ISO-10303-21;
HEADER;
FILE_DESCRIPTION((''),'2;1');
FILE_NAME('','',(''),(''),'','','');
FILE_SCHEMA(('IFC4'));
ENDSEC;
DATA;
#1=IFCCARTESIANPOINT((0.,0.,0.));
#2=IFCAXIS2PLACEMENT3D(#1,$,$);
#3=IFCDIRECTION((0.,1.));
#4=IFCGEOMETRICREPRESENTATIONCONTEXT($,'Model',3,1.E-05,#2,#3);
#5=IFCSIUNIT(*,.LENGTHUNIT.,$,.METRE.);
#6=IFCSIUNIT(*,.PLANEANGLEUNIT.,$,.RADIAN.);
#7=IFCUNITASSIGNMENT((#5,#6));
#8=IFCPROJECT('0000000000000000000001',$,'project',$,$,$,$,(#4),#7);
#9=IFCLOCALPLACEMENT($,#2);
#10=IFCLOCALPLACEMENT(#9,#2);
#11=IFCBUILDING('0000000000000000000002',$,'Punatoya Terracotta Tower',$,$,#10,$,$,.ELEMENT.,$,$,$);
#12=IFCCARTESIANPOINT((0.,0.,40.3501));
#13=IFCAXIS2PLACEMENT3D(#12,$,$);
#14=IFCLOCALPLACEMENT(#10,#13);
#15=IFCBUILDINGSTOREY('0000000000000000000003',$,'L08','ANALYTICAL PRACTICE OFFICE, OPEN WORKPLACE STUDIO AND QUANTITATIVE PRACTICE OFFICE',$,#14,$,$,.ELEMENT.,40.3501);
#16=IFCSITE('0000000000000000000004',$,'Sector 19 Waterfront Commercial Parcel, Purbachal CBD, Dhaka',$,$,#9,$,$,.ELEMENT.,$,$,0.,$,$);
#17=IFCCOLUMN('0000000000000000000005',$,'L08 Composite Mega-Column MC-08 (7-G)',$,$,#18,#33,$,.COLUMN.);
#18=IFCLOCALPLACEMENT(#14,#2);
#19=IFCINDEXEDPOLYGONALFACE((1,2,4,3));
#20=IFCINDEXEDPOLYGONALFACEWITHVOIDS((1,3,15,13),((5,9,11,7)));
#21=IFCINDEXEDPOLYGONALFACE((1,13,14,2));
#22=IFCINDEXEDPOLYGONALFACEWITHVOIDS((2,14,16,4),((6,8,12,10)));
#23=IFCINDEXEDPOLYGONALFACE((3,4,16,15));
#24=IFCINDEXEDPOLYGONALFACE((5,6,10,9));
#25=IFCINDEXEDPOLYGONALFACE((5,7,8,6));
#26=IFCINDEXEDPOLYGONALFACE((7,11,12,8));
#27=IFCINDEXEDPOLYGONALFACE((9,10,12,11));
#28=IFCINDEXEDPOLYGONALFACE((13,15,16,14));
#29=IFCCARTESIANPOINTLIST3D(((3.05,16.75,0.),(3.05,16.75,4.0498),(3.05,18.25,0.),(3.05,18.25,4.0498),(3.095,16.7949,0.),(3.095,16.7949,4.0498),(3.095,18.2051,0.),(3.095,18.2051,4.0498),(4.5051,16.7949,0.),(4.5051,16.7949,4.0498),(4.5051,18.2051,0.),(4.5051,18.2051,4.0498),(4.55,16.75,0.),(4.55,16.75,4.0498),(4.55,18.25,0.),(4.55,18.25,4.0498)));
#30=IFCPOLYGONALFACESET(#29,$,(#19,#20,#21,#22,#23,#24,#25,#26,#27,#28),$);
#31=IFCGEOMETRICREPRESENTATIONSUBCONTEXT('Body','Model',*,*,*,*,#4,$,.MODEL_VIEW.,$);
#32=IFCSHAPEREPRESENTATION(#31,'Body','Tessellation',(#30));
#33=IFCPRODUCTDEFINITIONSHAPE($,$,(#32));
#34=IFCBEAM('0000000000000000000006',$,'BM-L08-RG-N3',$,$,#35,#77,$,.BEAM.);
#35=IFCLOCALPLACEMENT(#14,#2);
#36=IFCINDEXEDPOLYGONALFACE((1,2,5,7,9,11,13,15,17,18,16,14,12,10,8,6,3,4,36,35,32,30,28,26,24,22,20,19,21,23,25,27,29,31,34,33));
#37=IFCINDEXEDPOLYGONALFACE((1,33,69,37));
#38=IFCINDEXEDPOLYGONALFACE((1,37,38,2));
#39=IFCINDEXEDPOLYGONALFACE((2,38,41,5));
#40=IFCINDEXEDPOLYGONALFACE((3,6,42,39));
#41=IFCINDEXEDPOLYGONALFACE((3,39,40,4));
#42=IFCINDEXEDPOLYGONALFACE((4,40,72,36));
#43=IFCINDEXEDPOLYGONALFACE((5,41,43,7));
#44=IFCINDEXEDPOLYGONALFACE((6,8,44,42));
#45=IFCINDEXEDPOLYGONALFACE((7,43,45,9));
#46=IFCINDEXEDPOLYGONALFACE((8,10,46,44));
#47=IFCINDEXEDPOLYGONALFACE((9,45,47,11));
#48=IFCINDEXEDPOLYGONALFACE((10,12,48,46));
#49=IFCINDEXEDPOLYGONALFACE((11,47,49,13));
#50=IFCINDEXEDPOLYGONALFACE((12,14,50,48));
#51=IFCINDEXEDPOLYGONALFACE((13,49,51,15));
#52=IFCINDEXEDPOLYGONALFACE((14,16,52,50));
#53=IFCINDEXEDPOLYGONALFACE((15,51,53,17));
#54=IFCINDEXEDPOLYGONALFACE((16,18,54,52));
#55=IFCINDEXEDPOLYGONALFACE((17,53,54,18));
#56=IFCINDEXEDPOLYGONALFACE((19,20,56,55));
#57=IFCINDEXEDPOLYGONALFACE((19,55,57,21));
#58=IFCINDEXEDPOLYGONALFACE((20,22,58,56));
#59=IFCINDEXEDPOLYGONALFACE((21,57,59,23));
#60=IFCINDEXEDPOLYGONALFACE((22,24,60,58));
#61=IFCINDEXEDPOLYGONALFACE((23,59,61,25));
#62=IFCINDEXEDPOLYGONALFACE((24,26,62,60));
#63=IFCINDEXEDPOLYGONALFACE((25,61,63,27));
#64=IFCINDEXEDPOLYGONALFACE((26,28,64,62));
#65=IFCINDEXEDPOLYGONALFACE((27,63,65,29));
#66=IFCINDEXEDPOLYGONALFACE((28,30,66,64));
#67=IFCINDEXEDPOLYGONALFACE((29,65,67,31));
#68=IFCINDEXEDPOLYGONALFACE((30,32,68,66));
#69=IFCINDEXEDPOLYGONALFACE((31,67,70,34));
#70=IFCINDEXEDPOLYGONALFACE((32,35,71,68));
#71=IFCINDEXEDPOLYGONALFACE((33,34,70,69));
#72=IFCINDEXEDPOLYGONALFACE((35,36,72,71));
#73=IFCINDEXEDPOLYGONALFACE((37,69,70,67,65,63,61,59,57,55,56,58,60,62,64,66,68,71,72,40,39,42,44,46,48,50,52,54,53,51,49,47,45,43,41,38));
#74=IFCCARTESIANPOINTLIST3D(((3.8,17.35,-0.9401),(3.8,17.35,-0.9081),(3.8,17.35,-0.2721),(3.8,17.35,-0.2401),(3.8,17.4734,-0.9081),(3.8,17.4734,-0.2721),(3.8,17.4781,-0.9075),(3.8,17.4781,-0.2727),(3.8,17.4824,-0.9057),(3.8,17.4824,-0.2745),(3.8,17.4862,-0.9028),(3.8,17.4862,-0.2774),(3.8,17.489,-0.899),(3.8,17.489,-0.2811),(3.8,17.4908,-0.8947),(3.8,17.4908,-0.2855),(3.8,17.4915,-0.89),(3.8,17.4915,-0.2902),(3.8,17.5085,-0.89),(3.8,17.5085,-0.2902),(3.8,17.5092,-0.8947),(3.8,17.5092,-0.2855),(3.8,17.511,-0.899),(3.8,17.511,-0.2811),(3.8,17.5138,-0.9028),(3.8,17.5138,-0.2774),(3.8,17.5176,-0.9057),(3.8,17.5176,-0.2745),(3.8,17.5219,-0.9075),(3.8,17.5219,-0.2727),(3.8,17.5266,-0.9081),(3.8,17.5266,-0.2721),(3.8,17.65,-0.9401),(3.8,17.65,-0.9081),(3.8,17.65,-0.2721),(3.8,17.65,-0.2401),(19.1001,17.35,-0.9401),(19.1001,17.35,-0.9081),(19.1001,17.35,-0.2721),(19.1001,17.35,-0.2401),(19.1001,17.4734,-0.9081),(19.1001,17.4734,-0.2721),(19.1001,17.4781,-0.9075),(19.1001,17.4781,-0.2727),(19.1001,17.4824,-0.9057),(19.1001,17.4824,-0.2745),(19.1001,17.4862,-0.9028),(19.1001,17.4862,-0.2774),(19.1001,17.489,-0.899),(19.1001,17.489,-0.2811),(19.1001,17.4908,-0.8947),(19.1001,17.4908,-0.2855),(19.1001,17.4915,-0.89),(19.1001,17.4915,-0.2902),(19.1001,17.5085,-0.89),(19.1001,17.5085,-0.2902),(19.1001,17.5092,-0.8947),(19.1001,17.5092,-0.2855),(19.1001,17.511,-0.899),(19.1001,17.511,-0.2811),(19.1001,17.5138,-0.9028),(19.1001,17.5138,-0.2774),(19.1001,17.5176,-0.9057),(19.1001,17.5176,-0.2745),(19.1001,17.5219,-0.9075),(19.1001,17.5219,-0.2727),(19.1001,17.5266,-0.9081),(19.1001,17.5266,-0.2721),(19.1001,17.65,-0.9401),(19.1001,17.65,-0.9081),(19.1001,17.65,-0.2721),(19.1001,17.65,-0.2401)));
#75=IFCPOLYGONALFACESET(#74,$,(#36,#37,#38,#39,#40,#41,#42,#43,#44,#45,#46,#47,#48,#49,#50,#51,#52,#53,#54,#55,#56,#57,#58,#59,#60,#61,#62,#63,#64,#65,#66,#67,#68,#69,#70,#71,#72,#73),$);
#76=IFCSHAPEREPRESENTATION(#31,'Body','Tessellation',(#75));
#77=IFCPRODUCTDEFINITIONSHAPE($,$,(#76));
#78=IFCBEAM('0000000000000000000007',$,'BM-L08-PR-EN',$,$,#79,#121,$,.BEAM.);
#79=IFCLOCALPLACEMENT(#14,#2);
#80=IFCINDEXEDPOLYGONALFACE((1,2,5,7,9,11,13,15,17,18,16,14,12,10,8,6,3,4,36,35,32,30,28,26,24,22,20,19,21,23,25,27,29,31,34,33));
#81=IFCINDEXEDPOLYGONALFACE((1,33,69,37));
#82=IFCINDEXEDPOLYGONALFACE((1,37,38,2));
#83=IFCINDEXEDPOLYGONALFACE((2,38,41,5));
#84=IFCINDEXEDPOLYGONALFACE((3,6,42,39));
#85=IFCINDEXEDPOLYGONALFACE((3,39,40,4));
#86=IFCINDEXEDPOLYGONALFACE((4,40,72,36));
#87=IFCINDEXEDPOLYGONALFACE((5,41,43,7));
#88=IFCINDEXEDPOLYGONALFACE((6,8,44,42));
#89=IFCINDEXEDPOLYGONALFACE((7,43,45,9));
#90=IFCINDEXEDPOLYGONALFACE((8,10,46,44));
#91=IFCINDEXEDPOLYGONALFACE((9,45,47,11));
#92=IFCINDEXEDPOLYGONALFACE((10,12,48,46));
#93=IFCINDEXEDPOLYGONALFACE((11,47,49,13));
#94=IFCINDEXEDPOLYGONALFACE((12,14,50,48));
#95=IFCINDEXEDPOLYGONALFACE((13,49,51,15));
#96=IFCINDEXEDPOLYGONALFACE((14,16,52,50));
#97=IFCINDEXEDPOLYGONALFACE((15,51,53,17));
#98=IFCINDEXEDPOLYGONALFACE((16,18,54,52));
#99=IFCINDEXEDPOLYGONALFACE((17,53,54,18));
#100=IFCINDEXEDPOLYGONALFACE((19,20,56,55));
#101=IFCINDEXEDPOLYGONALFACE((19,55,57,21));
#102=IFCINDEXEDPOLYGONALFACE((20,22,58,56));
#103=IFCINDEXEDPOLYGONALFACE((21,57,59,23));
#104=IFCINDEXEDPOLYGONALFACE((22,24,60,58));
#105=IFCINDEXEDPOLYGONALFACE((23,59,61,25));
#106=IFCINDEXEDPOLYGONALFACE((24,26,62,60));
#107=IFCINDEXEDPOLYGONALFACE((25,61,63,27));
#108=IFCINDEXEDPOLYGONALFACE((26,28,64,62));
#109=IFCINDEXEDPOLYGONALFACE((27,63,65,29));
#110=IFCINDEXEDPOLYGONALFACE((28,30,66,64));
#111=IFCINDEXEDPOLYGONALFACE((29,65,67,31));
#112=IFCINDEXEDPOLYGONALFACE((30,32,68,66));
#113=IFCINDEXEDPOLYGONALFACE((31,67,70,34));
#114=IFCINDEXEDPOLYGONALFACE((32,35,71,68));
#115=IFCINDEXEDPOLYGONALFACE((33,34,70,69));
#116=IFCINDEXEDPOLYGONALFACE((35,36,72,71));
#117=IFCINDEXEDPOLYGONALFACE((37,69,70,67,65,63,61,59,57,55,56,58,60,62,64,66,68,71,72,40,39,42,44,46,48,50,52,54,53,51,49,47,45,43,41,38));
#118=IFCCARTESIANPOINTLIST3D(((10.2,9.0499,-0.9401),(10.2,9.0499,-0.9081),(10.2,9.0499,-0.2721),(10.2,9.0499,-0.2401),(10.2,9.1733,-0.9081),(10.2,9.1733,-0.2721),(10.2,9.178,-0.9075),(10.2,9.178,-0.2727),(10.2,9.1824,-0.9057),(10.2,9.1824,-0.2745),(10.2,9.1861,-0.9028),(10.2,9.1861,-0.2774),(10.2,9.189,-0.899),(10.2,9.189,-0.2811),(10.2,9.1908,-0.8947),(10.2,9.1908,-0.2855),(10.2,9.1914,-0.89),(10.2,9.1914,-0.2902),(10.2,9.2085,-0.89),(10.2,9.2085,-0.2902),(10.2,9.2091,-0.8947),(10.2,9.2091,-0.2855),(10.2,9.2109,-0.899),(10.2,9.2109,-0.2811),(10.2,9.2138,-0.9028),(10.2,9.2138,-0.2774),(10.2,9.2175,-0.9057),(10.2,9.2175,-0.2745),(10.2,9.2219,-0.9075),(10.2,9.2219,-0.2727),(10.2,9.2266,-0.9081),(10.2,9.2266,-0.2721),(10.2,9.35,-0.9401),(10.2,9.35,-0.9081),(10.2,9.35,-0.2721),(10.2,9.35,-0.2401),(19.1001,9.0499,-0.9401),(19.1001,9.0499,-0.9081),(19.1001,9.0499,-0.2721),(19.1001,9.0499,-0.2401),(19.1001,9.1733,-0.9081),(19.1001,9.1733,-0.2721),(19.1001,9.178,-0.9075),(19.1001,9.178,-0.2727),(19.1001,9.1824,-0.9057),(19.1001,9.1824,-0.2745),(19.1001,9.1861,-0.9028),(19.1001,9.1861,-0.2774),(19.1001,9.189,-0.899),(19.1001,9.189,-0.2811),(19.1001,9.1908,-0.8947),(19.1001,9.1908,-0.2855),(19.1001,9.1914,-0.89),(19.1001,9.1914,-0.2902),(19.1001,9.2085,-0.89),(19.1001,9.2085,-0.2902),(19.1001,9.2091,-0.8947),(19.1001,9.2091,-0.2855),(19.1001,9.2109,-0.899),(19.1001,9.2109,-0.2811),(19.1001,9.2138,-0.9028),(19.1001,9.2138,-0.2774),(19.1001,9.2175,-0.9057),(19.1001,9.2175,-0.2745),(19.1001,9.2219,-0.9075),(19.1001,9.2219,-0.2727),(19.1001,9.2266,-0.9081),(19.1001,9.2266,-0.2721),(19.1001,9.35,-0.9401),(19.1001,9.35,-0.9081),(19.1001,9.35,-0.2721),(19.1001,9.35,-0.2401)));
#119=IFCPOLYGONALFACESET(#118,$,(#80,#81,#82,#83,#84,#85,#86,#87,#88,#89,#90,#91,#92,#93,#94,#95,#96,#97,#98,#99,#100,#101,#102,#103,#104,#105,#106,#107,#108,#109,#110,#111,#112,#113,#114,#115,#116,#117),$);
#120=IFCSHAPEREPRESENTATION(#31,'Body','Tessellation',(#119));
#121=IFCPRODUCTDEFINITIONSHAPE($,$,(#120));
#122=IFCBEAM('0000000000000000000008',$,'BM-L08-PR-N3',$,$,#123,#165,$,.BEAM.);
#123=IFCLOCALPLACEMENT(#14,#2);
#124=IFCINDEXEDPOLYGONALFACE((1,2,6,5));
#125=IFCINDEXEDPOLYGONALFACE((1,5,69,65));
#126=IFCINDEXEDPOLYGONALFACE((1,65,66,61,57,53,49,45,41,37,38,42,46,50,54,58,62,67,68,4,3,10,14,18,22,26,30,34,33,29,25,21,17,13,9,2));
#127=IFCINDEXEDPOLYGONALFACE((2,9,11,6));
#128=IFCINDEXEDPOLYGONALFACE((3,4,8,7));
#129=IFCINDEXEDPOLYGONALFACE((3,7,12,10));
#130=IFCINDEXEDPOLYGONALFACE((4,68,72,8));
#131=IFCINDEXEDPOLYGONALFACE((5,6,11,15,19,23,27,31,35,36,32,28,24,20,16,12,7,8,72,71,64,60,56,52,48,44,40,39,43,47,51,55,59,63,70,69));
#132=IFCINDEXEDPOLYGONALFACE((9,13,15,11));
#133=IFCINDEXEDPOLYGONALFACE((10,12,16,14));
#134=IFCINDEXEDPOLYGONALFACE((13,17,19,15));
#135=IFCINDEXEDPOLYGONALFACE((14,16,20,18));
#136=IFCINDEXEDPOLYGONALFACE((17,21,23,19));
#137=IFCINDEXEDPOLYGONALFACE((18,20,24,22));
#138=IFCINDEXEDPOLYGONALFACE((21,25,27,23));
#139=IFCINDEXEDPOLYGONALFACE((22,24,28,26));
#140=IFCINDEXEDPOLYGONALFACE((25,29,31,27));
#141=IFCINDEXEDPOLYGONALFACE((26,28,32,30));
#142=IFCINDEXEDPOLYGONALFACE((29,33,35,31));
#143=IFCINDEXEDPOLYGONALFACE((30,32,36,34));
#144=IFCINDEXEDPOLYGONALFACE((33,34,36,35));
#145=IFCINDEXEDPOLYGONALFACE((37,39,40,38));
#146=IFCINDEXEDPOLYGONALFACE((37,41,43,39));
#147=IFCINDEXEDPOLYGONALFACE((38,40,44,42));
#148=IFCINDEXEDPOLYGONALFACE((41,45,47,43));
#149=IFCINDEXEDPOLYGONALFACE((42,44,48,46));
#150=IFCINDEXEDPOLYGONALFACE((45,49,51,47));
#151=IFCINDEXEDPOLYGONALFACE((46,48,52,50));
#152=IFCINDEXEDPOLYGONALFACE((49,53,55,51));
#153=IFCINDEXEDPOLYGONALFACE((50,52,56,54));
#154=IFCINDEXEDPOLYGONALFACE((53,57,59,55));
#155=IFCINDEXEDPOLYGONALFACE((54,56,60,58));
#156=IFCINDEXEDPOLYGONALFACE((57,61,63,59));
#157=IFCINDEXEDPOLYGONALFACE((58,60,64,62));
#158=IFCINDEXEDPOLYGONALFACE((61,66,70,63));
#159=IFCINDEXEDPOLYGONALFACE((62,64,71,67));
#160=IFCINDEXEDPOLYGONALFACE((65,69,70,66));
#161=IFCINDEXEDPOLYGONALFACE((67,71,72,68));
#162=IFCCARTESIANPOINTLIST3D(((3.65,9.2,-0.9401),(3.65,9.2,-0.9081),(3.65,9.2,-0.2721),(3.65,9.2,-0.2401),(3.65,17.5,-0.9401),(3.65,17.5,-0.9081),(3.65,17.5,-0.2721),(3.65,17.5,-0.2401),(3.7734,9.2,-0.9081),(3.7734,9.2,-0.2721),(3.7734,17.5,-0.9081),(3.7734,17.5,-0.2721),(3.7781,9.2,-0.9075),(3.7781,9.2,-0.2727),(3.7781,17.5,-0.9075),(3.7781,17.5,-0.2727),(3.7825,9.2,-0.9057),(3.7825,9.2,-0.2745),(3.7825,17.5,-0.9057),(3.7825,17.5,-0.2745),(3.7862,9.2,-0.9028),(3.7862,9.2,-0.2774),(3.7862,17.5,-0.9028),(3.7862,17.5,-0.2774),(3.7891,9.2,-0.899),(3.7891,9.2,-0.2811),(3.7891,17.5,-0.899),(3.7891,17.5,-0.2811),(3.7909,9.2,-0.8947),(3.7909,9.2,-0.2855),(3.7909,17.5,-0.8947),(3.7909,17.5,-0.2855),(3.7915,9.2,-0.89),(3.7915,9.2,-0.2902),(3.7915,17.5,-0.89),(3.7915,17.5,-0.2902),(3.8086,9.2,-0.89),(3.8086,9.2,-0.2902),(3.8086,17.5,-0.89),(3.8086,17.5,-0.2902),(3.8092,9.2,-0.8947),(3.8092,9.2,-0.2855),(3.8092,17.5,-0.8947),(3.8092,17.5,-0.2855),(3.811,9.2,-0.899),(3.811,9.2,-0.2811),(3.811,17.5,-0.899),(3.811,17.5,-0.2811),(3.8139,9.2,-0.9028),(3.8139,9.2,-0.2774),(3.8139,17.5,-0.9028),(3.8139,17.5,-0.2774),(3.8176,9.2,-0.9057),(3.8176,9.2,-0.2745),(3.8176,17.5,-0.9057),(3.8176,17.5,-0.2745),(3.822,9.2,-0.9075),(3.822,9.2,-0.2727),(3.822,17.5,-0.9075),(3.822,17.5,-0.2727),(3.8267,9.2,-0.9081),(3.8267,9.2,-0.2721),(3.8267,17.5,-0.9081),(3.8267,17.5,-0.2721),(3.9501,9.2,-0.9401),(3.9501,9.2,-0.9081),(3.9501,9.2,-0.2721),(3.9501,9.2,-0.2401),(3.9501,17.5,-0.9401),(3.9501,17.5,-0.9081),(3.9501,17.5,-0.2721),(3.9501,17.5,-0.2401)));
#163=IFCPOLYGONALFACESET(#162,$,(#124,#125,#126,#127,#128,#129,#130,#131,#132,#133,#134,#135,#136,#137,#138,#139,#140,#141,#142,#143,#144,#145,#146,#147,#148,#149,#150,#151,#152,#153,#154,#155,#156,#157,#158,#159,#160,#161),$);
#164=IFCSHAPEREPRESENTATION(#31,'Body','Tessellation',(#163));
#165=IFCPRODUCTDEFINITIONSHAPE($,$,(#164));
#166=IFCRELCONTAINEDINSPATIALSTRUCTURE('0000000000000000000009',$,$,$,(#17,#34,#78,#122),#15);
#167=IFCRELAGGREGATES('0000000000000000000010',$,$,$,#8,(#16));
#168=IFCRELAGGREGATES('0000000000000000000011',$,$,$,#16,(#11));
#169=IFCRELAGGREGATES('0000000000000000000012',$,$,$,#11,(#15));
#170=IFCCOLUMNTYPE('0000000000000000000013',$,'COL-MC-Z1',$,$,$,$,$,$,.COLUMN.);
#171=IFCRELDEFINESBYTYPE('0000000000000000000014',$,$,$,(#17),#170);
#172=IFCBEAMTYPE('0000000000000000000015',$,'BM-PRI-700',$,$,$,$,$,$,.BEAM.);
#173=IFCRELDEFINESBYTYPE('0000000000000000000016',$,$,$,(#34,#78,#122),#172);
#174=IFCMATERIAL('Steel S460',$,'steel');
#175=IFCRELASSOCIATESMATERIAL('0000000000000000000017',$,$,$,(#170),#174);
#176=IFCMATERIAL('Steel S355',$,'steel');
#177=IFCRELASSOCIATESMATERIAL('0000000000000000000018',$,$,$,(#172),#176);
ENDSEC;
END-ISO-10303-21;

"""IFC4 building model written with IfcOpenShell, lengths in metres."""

from ifc_helpers import new_model, si_unit, direction, frame, origin, origin_2d, place, context, subcontext, project, spatial, hollow_rectangle, i_section, extrude, material, material_profile, profile_set, type_object, element, save


model = new_model("IFC4")

# Units and contexts
model_context = context("Model", 3, precision=1e-05, world=origin(), true_north=direction((0.0, 1.0)))
body_context = subcontext(model_context, "Body", "Model", "MODEL_VIEW")
ifc_project = project(units=[si_unit("LENGTHUNIT", "METRE"), si_unit("PLANEANGLEUNIT", "RADIAN")], contexts=[model_context])

# Site, building, storey
site_placement = place(None, origin())
site = spatial("IfcSite", under=ifc_project, at=site_placement, Name="Sector 19 Waterfront Commercial Parcel, Purbachal CBD, Dhaka", CompositionType="ELEMENT", RefElevation=0.0)
building_placement = place(site_placement, origin())
building = spatial("IfcBuilding", under=site, at=building_placement, Name="Punatoya Terracotta Tower", CompositionType="ELEMENT")
storey_placement = place(building_placement, frame((0.0, 0.0, 40.3501)))
storey = spatial("IfcBuildingStorey", under=building, at=storey_placement, Name="L08", Description="ANALYTICAL PRACTICE OFFICE, OPEN WORKPLACE STUDIO AND QUANTITATIVE PRACTICE OFFICE", CompositionType="ELEMENT", Elevation=40.3501)

# Column
ifc_material_1 = material(Name="Steel S460", Category="steel")
ifc_material_profile_1 = material_profile(ifc_material_1, hollow_rectangle(XDim=1.5, YDim=1.5, WallThickness=0.0449, at=origin_2d()))
ifc_profile_set_1 = profile_set([ifc_material_profile_1], Name="Steel S460")
column_type = type_object("IfcColumnType", Name="COL-MC-Z1", PredefinedType="COLUMN", material=ifc_profile_set_1)
column_placement = place(storey_placement, frame((3.8, 17.5, 0.0), z_axis=(0.0, 0.0, 1.0), x_axis=(1.0, 0.0, 0.0)))
element("IfcColumn", 1, at=column_placement, inside=storey, type_object=column_type, Name="L08 Composite Mega-Column MC-08 (7-G)", PredefinedType="COLUMN", context=body_context, shape_type="SweptSolid", body=[
    extrude(hollow_rectangle(XDim=1.5, YDim=1.5, WallThickness=0.0449, at=origin_2d()), origin(), (0.0, 0.0, 1.0), 4.0498),
])

# Beams
ifc_material_2 = material(Name="Steel S355", Category="steel")
ifc_material_profile_2 = material_profile(ifc_material_2, i_section(OverallWidth=0.3, OverallDepth=0.7, WebThickness=0.0171, FlangeThickness=0.032, FilletRadius=0.0181, at=origin_2d()))
ifc_profile_set_2 = profile_set([ifc_material_profile_2], Name="Steel S355")
beam_type = type_object("IfcBeamType", Name="BM-PRI-700", PredefinedType="BEAM", material=ifc_profile_set_2)
beam_1_placement = place(storey_placement, frame((3.8, 17.5, -0.5901), z_axis=(1.0, 0.0, 0.0), x_axis=(0.0, 1.0, 0.0)))
element("IfcBeam", 2, at=beam_1_placement, inside=storey, type_object=beam_type, Name="BM-L08-RG-N3", PredefinedType="BEAM", context=body_context, shape_type="SweptSolid", body=[
    extrude(i_section(OverallWidth=0.3, OverallDepth=0.7, WebThickness=0.0171, FlangeThickness=0.032, FilletRadius=0.0181, at=origin_2d()), origin(), (0.0, 0.0, 1.0), 15.3),
])
beam_2_placement = place(storey_placement, frame((10.2, 9.2, -0.5901), z_axis=(1.0, 0.0, 0.0), x_axis=(0.0, 1.0, 0.0)))
element("IfcBeam", 3, at=beam_2_placement, inside=storey, type_object=beam_type, Name="BM-L08-PR-EN", PredefinedType="BEAM", context=body_context, shape_type="SweptSolid", body=[
    extrude(i_section(OverallWidth=0.3, OverallDepth=0.7, WebThickness=0.0171, FlangeThickness=0.032, FilletRadius=0.0181, at=origin_2d()), origin(), (0.0, 0.0, 1.0), 8.9001),
])
for number, where, z_axis, x_axis, name in (
    (4, (3.8, 9.2, -0.5901), (0.0, 1.0, 0.0), (-1.0, 0.0, 0.0), "BM-L08-PR-N3"),
):
    element("IfcBeam", number, at=place(storey_placement, frame(where, z_axis=z_axis, x_axis=x_axis)), inside=storey, type_object=beam_type, Name=name, PredefinedType="BEAM", context=body_context, shape_type="SweptSolid", body=[
        extrude(i_section(OverallWidth=0.3, OverallDepth=0.7, WebThickness=0.0171, FlangeThickness=0.032, FilletRadius=0.0181, at=origin_2d()), origin(), (0.0, 0.0, 1.0), 8.3),
    ])

save(model, "model.ifc")
